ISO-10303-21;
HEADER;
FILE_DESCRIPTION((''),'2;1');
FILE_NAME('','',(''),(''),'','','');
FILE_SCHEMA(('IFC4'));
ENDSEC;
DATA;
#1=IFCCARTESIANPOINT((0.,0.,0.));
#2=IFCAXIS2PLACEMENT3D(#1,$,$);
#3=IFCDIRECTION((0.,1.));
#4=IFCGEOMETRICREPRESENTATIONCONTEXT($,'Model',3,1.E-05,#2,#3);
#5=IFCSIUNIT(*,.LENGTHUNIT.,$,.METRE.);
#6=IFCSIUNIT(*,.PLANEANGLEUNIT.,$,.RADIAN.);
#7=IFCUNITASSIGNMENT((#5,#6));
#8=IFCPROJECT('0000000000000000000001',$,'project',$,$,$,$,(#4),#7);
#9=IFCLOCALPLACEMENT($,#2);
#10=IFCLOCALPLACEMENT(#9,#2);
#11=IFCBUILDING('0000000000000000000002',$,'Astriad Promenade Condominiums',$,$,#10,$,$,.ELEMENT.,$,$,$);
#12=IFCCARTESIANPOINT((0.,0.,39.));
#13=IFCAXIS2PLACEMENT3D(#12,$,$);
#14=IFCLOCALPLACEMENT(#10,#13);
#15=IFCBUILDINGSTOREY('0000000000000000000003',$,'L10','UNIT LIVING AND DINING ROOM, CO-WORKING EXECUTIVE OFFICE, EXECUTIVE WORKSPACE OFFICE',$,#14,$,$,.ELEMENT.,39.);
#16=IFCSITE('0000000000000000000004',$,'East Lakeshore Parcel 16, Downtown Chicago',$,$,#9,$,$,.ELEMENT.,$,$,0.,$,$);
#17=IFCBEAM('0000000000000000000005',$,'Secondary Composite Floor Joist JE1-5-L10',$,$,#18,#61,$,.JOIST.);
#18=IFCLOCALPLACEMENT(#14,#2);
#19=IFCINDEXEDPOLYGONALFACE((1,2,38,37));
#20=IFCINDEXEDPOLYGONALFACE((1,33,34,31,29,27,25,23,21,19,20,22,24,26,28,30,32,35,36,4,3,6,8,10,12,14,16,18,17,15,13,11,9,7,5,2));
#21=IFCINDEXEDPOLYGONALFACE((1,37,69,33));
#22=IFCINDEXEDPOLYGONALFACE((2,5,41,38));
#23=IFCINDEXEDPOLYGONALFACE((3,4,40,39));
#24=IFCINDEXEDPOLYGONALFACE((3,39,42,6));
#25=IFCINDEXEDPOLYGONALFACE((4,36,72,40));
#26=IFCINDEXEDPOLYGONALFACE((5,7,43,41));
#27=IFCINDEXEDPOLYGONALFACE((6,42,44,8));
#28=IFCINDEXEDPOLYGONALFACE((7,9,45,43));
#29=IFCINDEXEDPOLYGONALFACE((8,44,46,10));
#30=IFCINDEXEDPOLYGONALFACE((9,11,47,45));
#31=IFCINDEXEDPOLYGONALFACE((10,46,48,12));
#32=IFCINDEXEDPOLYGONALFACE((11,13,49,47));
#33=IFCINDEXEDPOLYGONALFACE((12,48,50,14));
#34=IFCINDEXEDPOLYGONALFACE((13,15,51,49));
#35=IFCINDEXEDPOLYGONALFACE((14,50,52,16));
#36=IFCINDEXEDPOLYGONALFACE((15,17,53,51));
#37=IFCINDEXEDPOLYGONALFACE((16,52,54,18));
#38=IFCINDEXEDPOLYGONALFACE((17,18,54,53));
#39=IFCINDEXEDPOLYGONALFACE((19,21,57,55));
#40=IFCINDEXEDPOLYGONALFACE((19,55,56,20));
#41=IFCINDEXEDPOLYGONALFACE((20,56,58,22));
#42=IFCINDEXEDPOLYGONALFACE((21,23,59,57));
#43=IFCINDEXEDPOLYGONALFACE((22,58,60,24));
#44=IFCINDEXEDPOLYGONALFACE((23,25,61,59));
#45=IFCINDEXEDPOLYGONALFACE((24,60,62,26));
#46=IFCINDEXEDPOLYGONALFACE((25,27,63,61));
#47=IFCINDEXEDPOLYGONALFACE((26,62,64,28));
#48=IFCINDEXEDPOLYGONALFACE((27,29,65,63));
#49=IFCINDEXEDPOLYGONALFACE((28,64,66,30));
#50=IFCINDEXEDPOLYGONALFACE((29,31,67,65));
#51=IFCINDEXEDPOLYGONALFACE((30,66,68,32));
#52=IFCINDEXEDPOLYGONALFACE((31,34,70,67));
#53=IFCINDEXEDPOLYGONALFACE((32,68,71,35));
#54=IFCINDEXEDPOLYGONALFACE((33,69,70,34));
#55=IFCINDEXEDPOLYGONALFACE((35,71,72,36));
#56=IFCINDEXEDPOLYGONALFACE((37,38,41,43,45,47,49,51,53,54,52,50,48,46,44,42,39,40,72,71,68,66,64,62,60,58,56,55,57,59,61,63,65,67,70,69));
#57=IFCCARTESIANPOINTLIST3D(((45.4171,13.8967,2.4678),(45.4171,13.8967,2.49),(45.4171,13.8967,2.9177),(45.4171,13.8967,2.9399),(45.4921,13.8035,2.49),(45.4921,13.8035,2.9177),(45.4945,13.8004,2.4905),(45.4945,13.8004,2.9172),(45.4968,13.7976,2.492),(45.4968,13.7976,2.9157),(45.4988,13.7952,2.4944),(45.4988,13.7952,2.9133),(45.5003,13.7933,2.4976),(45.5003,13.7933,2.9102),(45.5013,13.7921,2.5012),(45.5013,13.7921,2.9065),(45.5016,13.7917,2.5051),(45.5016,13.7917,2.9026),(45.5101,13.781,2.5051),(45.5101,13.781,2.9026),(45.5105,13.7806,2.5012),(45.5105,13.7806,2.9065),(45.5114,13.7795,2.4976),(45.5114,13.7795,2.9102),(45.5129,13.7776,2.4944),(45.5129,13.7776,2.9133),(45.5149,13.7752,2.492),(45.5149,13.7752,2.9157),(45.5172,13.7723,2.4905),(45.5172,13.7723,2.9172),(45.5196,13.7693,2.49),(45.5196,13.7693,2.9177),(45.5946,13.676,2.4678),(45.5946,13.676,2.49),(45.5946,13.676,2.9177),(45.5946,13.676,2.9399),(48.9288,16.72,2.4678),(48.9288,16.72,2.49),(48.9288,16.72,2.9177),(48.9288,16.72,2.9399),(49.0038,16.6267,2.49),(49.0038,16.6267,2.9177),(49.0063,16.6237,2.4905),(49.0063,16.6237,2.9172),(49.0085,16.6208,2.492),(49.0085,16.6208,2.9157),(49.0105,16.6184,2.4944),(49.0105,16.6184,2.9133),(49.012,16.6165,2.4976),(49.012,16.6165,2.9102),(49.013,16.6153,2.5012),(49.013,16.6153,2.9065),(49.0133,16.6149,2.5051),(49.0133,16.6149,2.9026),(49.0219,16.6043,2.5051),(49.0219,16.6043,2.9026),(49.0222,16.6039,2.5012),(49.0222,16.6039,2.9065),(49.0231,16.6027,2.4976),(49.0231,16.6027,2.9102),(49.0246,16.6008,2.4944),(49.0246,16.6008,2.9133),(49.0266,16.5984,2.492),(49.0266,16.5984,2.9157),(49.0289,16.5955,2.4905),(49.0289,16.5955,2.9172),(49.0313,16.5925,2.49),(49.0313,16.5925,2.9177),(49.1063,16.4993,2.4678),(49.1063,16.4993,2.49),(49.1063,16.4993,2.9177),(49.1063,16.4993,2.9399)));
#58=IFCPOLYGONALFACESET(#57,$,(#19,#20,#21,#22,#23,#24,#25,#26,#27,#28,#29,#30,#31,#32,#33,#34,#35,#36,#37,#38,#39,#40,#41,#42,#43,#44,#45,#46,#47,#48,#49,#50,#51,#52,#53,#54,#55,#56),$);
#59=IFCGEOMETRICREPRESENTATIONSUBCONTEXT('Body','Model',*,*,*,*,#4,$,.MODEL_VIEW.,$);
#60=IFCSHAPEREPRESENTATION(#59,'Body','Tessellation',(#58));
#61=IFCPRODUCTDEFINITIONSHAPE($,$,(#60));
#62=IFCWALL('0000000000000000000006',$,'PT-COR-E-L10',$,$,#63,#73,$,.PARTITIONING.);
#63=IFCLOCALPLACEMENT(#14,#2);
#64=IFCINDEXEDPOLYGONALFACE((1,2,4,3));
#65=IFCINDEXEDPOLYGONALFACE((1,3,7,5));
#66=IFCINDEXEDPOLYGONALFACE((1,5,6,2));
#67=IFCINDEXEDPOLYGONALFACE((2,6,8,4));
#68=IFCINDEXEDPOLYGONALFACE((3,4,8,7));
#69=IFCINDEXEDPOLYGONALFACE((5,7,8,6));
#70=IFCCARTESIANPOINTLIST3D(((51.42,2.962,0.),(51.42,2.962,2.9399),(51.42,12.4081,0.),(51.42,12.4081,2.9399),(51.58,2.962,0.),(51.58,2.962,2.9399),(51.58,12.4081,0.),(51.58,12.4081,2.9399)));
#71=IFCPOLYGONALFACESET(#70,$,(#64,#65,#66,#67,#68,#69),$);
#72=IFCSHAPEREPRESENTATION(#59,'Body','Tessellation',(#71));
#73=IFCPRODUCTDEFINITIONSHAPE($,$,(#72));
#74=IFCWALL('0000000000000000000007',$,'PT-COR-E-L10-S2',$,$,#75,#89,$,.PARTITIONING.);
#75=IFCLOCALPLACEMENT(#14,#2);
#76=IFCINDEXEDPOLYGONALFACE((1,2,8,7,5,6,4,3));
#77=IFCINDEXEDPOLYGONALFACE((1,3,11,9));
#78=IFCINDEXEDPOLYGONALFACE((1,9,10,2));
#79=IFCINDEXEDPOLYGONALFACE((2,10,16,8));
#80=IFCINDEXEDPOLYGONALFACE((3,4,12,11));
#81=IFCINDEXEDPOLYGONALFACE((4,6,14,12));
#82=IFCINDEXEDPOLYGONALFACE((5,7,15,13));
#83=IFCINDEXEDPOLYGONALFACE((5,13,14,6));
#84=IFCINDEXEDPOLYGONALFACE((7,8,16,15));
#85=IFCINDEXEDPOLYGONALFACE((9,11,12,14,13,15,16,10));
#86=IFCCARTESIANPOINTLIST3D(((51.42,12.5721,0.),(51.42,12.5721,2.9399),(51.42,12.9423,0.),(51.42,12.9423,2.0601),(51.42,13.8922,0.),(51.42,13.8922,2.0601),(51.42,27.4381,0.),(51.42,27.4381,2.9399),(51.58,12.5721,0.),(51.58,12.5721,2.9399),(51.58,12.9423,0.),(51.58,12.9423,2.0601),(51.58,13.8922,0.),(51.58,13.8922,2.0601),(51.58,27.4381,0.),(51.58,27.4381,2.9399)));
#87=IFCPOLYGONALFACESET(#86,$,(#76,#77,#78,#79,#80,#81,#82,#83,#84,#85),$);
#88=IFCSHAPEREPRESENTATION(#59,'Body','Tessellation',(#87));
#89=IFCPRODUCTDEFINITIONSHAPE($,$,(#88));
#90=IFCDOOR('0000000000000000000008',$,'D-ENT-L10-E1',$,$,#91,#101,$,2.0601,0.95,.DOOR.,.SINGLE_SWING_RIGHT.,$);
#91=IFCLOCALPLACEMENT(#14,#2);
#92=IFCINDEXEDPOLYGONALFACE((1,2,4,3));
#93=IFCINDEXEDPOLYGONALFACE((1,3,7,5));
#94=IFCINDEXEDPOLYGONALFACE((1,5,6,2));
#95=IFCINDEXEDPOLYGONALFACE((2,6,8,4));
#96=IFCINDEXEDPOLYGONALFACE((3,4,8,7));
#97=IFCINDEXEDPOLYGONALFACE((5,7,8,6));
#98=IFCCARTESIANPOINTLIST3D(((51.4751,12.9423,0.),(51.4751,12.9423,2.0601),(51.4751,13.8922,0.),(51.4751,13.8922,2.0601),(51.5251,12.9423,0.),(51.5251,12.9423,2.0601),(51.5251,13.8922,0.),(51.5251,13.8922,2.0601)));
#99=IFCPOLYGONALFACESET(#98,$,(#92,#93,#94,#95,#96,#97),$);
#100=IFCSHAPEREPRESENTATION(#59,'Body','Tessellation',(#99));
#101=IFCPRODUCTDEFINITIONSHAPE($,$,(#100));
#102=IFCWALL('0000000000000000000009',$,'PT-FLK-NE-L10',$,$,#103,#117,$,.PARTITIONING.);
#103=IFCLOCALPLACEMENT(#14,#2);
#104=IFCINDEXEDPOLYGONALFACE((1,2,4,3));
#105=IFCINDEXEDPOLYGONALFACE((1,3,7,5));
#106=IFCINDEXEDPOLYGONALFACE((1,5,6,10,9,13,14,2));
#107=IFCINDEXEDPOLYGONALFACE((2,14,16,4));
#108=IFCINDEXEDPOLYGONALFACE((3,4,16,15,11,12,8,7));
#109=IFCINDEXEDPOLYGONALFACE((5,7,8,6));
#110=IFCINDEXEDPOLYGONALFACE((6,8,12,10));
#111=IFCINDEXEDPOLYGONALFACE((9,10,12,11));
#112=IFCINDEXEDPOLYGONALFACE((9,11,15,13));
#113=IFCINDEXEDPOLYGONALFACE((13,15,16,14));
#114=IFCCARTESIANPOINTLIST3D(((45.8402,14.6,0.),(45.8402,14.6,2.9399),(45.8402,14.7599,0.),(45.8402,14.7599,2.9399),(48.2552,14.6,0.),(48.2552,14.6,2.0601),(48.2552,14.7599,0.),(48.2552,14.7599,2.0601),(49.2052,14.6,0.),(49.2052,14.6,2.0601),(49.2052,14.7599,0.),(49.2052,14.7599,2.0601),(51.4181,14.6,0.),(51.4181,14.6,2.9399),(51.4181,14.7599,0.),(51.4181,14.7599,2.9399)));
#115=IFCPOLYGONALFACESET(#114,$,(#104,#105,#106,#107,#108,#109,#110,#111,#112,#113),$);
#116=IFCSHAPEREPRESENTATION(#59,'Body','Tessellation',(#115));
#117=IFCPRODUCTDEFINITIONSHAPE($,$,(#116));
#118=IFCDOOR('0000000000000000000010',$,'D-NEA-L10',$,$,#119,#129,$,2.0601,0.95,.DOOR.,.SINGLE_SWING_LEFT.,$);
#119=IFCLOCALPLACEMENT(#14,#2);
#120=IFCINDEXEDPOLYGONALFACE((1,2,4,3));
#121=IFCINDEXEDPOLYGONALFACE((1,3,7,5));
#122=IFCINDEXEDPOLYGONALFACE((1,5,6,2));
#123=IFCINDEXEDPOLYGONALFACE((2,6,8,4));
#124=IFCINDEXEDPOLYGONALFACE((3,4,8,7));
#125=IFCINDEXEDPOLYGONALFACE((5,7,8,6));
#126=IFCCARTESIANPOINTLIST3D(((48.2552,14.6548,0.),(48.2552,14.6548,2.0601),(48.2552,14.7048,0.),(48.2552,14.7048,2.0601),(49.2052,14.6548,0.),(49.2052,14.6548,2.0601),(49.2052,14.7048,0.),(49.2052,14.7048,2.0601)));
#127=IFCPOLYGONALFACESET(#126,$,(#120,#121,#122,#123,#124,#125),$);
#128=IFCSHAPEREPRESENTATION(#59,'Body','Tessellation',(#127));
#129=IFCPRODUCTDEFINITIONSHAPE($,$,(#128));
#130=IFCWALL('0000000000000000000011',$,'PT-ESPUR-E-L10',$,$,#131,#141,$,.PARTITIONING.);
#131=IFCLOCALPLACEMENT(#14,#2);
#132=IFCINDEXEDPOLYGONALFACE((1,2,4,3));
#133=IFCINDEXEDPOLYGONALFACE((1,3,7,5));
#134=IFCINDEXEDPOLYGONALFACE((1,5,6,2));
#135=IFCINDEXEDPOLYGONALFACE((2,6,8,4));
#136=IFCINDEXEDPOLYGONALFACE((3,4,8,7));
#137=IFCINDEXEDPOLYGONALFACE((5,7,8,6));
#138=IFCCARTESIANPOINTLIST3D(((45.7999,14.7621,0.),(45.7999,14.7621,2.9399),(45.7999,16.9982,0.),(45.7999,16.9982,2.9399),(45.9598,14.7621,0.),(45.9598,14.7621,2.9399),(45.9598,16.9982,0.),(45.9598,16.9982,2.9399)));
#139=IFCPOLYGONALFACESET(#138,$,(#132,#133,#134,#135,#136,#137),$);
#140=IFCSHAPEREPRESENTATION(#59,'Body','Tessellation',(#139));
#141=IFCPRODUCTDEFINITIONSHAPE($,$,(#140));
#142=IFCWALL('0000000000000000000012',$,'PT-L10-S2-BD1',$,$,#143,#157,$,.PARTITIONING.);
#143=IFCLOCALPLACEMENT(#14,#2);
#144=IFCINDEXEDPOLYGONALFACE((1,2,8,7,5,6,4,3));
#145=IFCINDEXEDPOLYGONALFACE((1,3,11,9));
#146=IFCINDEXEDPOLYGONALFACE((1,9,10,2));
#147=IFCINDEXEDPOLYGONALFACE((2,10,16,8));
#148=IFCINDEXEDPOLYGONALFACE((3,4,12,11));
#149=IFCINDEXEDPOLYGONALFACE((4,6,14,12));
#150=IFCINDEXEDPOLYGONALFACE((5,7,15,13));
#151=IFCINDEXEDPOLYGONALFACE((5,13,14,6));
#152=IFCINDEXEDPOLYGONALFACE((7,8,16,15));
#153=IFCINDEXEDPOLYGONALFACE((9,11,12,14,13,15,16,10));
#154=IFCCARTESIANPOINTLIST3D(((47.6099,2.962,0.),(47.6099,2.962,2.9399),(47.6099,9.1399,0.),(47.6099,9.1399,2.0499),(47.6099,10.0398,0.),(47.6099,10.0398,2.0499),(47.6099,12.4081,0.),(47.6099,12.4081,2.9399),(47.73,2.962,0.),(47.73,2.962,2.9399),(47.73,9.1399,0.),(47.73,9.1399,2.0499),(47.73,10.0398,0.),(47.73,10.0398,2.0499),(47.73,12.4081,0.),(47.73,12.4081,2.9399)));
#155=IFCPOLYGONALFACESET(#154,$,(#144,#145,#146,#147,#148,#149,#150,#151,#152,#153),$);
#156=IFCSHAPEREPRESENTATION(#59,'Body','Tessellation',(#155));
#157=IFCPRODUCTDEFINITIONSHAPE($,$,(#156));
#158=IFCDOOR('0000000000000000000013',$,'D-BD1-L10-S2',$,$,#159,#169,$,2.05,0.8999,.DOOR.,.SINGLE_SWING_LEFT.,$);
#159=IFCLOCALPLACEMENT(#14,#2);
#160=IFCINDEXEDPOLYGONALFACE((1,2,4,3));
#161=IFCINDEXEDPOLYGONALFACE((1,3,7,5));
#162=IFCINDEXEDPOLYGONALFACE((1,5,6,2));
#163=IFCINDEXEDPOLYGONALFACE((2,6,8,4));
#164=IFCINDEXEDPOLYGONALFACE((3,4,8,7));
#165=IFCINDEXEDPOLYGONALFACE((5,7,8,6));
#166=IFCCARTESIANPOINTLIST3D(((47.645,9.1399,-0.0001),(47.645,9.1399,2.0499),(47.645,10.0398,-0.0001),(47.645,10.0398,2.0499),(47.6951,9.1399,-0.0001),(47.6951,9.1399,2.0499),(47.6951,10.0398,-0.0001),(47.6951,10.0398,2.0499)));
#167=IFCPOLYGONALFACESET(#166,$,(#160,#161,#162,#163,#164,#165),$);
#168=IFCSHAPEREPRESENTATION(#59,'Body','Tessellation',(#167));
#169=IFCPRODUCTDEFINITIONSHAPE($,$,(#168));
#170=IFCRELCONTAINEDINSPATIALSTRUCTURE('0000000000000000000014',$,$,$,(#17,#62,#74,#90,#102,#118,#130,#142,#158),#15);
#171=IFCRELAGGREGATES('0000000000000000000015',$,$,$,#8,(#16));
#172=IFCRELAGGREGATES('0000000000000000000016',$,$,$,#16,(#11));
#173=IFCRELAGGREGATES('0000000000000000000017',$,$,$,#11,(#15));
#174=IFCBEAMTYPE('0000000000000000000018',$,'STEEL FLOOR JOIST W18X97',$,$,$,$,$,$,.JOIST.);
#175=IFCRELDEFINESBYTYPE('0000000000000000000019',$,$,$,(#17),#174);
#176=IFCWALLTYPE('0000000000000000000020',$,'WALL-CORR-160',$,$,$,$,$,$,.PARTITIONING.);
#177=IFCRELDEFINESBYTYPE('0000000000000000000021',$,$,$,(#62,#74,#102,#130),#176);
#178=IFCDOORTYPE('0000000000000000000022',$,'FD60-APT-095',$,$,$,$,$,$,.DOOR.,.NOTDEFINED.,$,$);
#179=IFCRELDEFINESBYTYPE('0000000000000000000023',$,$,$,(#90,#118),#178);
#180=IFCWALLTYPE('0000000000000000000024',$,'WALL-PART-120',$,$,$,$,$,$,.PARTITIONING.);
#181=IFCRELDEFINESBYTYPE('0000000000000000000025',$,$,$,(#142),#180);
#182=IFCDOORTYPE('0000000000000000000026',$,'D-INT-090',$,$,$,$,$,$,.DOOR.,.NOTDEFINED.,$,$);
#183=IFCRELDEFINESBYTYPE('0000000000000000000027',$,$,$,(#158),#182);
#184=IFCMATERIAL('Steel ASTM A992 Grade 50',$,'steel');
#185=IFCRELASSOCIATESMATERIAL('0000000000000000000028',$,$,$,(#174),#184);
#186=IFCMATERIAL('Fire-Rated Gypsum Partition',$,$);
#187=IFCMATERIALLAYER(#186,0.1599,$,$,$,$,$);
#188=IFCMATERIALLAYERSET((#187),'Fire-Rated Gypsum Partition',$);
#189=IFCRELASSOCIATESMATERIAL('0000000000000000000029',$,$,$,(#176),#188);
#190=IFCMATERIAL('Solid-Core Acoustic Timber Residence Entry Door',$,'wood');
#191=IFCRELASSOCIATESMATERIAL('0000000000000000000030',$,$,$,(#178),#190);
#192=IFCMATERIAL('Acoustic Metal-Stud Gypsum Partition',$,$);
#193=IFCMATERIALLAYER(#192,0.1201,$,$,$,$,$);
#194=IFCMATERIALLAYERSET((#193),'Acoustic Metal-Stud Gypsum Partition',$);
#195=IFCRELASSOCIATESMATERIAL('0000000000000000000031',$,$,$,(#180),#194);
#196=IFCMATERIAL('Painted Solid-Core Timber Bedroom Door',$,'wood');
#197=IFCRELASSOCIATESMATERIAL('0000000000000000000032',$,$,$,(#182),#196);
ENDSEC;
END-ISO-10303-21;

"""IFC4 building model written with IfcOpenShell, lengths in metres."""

from ifc_helpers import new_model, si_unit, direction, frame, frame_2d, origin, origin_2d, place, context, subcontext, project, spatial, rectangle, i_section, extrude, source, transform, mapped, material, layer, layer_set, material_profile, profile_set, type_object, type_shapes, element, fill, save


model = new_model("IFC4")

# Units and contexts
model_context = context("Model", 3, precision=1e-05, world=origin(), true_north=direction((0.0, 1.0)))
body_context = subcontext(model_context, "Body", "Model", "MODEL_VIEW")
ifc_project = project(units=[si_unit("LENGTHUNIT", "METRE"), si_unit("PLANEANGLEUNIT", "RADIAN")], contexts=[model_context])

# Site, building, storey
site_placement = place(None, origin())
site = spatial("IfcSite", under=ifc_project, at=site_placement, Name="East Lakeshore Parcel 16, Downtown Chicago", CompositionType="ELEMENT", RefElevation=0.0)
building_placement = place(site_placement, origin())
building = spatial("IfcBuilding", under=site, at=building_placement, Name="Astriad Promenade Condominiums", CompositionType="ELEMENT")
storey_placement = place(building_placement, frame((0.0, 0.0, 39.0)))
storey = spatial("IfcBuildingStorey", under=building, at=storey_placement, Name="L10", Description="UNIT LIVING AND DINING ROOM, CO-WORKING EXECUTIVE OFFICE, EXECUTIVE WORKSPACE OFFICE", CompositionType="ELEMENT", Elevation=39.0)

# Beam
ifc_material_1 = material(Name="Steel ASTM A992 Grade 50", Category="steel")
ifc_material_profile_1 = material_profile(ifc_material_1, i_section(OverallWidth=0.2832, OverallDepth=0.4722, WebThickness=0.0137, FlangeThickness=0.0222, FilletRadius=0.0151, at=origin_2d()), Name="W18X97")
ifc_profile_set_1 = profile_set([ifc_material_profile_1], Name="Steel ASTM A992 Grade 50")
beam_type_1 = type_object("IfcBeamType", Name="STEEL FLOOR JOIST W18X97", PredefinedType="JOIST", material=ifc_profile_set_1)
shared_shape_1 = source(origin(), body_context, "Body", "SweptSolid", [
    extrude(i_section(OverallWidth=0.2832, OverallDepth=0.4722, WebThickness=0.0137, FlangeThickness=0.0222, FilletRadius=0.0151, at=origin_2d()), origin(), (0.0, 0.0, 1.0), 4.5059),
])
beam_1_placement = place(storey_placement, frame((45.5059, 13.7864, 2.7039), z_axis=(0.779365, 0.62657, 0.0), x_axis=(-0.62657, 0.779365, 0.0)))
element("IfcBeam", 1, at=beam_1_placement, inside=storey, type_object=beam_type_1, Name="Secondary Composite Floor Joist JE1-5-L10", PredefinedType="JOIST", context=body_context, shape_type="MappedRepresentation", body=[
    mapped(shared_shape_1, transform((0.0, 0.0, 0.0), scale=1.0)),
])

# Wall
ifc_material_2 = material(Name="Fire-Rated Gypsum Partition")
ifc_layer_1 = layer(ifc_material_2, 0.1599)
ifc_layer_set_1 = layer_set([ifc_layer_1], Name="Fire-Rated Gypsum Partition")
wall_type_1 = type_object("IfcWallType", Name="WALL-CORR-160", PredefinedType="PARTITIONING", material=ifc_layer_set_1)
wall_1_placement = place(storey_placement, frame((51.5, 2.9619, 0.0), z_axis=(0.0, 0.0, 1.0), x_axis=(0.0, 1.0, 0.0)))
element("IfcWall", 2, at=wall_1_placement, inside=storey, type_object=wall_type_1, Name="PT-COR-E-L10", PredefinedType="PARTITIONING", context=body_context, shape_type="SweptSolid", body=[
    extrude(rectangle(XDim=9.446, YDim=0.1599, at=frame_2d((4.7231, 0.0))), origin(), (0.0, 0.0, 1.0), 2.9399),
])

# Walls, openings, doors
wall_2_placement = place(storey_placement, frame((51.5, 12.572, 0.0), z_axis=(0.0, 0.0, 1.0), x_axis=(0.0, 1.0, 0.0)))
wall_2 = element("IfcWall", 3, at=wall_2_placement, inside=storey, type_object=wall_type_1, Name="PT-COR-E-L10-S2", PredefinedType="PARTITIONING", context=body_context, shape_type="SweptSolid", body=[
    extrude(rectangle(XDim=14.866, YDim=0.1599, at=frame_2d((7.4331, 0.0))), origin(), (0.0, 0.0, 1.0), 2.9399),
])
opening_1_placement = place(wall_2_placement, frame((0.3701, 0.0, 0.0)))
opening_1 = element("IfcOpeningElement", 4, at=opening_1_placement, cuts=wall_2, PredefinedType="OPENING", context=body_context, shape_type="SweptSolid", body=[
    extrude(rectangle(XDim=0.95, YDim=2.0601, at=frame_2d((0.4751, 1.03))), frame((0.0, 0.0898, 0.0), z_axis=(0.0, -1.0, 0.0), x_axis=(1.0, 0.0, 0.0)), (0.0, 0.0, 1.0), 0.1799),
])
ifc_material_3 = material(Name="Solid-Core Acoustic Timber Residence Entry Door", Category="wood")
door_type_1 = type_object("IfcDoorType", Name="FD60-APT-095", OperationType="NOTDEFINED", PredefinedType="DOOR", material=ifc_material_3)
shared_shape_2 = source(origin(), body_context, "Body", "SweptSolid", [
    extrude(rectangle(XDim=0.95, YDim=2.0601, at=frame_2d((0.4751, 1.03))), frame((0.0, 0.0249, 0.0), z_axis=(0.0, -1.0, 0.0), x_axis=(1.0, 0.0, 0.0)), (0.0, 0.0, 1.0), 0.05),
])
type_shapes(door_type_1, [shared_shape_2])
door_1_placement = place(opening_1_placement, origin())
door_1 = element("IfcDoor", 5, at=door_1_placement, inside=storey, type_object=door_type_1, Name="D-ENT-L10-E1", OperationType="SINGLE_SWING_RIGHT", OverallHeight=2.0601, OverallWidth=0.95, PredefinedType="DOOR", context=body_context, shape_type="MappedRepresentation", body=[
    mapped(shared_shape_2, transform((0.0, 0.0, 0.0), scale=1.0)),
])
fill(opening_1, door_1)
wall_3_placement = place(storey_placement, frame((45.8401, 14.6799, 0.0), z_axis=(0.0, 0.0, 1.0), x_axis=(1.0, 0.0, 0.0)))
wall_3 = element("IfcWall", 6, at=wall_3_placement, inside=storey, type_object=wall_type_1, Name="PT-FLK-NE-L10", PredefinedType="PARTITIONING", context=body_context, shape_type="SweptSolid", body=[
    extrude(rectangle(XDim=5.5779, YDim=0.1599, at=frame_2d((2.7891, 0.0))), origin(), (0.0, 0.0, 1.0), 2.9399),
])
opening_2_placement = place(wall_3_placement, frame((2.415, 0.0, 0.0)))
opening_2 = element("IfcOpeningElement", 7, at=opening_2_placement, cuts=wall_3, PredefinedType="OPENING", context=body_context, shape_type="SweptSolid", body=[
    extrude(rectangle(XDim=0.95, YDim=2.0601, at=frame_2d((0.4751, 1.03))), frame((0.0, 0.0898, 0.0), z_axis=(0.0, -1.0, 0.0), x_axis=(1.0, 0.0, 0.0)), (0.0, 0.0, 1.0), 0.1799),
])
door_2_placement = place(opening_2_placement, origin())
door_2 = element("IfcDoor", 8, at=door_2_placement, inside=storey, type_object=door_type_1, Name="D-NEA-L10", OperationType="SINGLE_SWING_LEFT", OverallHeight=2.0601, OverallWidth=0.95, PredefinedType="DOOR", context=body_context, shape_type="MappedRepresentation", body=[
    mapped(shared_shape_2, transform((0.0, 0.0, 0.0), scale=1.0)),
])
fill(opening_2, door_2)

# Wall
wall_4_placement = place(storey_placement, frame((45.8799, 14.762, 0.0), z_axis=(0.0, 0.0, 1.0), x_axis=(0.0, 1.0, 0.0)))
element("IfcWall", 9, at=wall_4_placement, inside=storey, type_object=wall_type_1, Name="PT-ESPUR-E-L10", PredefinedType="PARTITIONING", context=body_context, shape_type="SweptSolid", body=[
    extrude(rectangle(XDim=2.2361, YDim=0.1599, at=frame_2d((1.1182, 0.0))), origin(), (0.0, 0.0, 1.0), 2.9399),
])

# Wall, opening, door
ifc_material_4 = material(Name="Acoustic Metal-Stud Gypsum Partition")
ifc_layer_2 = layer(ifc_material_4, 0.1201)
ifc_layer_set_2 = layer_set([ifc_layer_2], Name="Acoustic Metal-Stud Gypsum Partition")
wall_type_2 = type_object("IfcWallType", Name="WALL-PART-120", PredefinedType="PARTITIONING", material=ifc_layer_set_2)
wall_5_placement = place(storey_placement, frame((47.6699, 2.9619, 0.0), z_axis=(0.0, 0.0, 1.0), x_axis=(0.0, 1.0, 0.0)))
wall_5 = element("IfcWall", 10, at=wall_5_placement, inside=storey, type_object=wall_type_2, Name="PT-L10-S2-BD1", PredefinedType="PARTITIONING", context=body_context, shape_type="SweptSolid", body=[
    extrude(rectangle(XDim=9.446, YDim=0.1201, at=frame_2d((4.7231, 0.0))), origin(), (0.0, 0.0, 1.0), 2.9399),
])
opening_3_placement = place(wall_5_placement, frame((6.178, 0.0, 0.0)))
opening_3 = element("IfcOpeningElement", 11, at=opening_3_placement, cuts=wall_5, PredefinedType="OPENING", context=body_context, shape_type="SweptSolid", body=[
    extrude(rectangle(XDim=0.8999, YDim=2.05, at=frame_2d((0.45, 1.0249))), frame((0.0, 0.0701, 0.0), z_axis=(0.0, -1.0, 0.0), x_axis=(1.0, 0.0, 0.0)), (0.0, 0.0, 1.0), 0.1401),
])
ifc_material_5 = material(Name="Painted Solid-Core Timber Bedroom Door", Category="wood")
door_type_2 = type_object("IfcDoorType", Name="D-INT-090", OperationType="NOTDEFINED", PredefinedType="DOOR", material=ifc_material_5)
shared_shape_3 = source(origin(), body_context, "Body", "SweptSolid", [
    extrude(rectangle(XDim=0.8999, YDim=2.05, at=frame_2d((0.45, 1.0249))), frame((0.0, 0.0249, 0.0), z_axis=(0.0, -1.0, 0.0), x_axis=(1.0, 0.0, 0.0)), (0.0, 0.0, 1.0), 0.05),
])
type_shapes(door_type_2, [shared_shape_3])
door_3_placement = place(opening_3_placement, origin())
door_3 = element("IfcDoor", 12, at=door_3_placement, inside=storey, type_object=door_type_2, Name="D-BD1-L10-S2", OperationType="SINGLE_SWING_LEFT", OverallHeight=2.05, OverallWidth=0.8999, PredefinedType="DOOR", context=body_context, shape_type="MappedRepresentation", body=[
    mapped(shared_shape_3, transform((0.0, 0.0, 0.0), scale=1.0)),
])
fill(opening_3, door_3)

save(model, "model.ifc")
